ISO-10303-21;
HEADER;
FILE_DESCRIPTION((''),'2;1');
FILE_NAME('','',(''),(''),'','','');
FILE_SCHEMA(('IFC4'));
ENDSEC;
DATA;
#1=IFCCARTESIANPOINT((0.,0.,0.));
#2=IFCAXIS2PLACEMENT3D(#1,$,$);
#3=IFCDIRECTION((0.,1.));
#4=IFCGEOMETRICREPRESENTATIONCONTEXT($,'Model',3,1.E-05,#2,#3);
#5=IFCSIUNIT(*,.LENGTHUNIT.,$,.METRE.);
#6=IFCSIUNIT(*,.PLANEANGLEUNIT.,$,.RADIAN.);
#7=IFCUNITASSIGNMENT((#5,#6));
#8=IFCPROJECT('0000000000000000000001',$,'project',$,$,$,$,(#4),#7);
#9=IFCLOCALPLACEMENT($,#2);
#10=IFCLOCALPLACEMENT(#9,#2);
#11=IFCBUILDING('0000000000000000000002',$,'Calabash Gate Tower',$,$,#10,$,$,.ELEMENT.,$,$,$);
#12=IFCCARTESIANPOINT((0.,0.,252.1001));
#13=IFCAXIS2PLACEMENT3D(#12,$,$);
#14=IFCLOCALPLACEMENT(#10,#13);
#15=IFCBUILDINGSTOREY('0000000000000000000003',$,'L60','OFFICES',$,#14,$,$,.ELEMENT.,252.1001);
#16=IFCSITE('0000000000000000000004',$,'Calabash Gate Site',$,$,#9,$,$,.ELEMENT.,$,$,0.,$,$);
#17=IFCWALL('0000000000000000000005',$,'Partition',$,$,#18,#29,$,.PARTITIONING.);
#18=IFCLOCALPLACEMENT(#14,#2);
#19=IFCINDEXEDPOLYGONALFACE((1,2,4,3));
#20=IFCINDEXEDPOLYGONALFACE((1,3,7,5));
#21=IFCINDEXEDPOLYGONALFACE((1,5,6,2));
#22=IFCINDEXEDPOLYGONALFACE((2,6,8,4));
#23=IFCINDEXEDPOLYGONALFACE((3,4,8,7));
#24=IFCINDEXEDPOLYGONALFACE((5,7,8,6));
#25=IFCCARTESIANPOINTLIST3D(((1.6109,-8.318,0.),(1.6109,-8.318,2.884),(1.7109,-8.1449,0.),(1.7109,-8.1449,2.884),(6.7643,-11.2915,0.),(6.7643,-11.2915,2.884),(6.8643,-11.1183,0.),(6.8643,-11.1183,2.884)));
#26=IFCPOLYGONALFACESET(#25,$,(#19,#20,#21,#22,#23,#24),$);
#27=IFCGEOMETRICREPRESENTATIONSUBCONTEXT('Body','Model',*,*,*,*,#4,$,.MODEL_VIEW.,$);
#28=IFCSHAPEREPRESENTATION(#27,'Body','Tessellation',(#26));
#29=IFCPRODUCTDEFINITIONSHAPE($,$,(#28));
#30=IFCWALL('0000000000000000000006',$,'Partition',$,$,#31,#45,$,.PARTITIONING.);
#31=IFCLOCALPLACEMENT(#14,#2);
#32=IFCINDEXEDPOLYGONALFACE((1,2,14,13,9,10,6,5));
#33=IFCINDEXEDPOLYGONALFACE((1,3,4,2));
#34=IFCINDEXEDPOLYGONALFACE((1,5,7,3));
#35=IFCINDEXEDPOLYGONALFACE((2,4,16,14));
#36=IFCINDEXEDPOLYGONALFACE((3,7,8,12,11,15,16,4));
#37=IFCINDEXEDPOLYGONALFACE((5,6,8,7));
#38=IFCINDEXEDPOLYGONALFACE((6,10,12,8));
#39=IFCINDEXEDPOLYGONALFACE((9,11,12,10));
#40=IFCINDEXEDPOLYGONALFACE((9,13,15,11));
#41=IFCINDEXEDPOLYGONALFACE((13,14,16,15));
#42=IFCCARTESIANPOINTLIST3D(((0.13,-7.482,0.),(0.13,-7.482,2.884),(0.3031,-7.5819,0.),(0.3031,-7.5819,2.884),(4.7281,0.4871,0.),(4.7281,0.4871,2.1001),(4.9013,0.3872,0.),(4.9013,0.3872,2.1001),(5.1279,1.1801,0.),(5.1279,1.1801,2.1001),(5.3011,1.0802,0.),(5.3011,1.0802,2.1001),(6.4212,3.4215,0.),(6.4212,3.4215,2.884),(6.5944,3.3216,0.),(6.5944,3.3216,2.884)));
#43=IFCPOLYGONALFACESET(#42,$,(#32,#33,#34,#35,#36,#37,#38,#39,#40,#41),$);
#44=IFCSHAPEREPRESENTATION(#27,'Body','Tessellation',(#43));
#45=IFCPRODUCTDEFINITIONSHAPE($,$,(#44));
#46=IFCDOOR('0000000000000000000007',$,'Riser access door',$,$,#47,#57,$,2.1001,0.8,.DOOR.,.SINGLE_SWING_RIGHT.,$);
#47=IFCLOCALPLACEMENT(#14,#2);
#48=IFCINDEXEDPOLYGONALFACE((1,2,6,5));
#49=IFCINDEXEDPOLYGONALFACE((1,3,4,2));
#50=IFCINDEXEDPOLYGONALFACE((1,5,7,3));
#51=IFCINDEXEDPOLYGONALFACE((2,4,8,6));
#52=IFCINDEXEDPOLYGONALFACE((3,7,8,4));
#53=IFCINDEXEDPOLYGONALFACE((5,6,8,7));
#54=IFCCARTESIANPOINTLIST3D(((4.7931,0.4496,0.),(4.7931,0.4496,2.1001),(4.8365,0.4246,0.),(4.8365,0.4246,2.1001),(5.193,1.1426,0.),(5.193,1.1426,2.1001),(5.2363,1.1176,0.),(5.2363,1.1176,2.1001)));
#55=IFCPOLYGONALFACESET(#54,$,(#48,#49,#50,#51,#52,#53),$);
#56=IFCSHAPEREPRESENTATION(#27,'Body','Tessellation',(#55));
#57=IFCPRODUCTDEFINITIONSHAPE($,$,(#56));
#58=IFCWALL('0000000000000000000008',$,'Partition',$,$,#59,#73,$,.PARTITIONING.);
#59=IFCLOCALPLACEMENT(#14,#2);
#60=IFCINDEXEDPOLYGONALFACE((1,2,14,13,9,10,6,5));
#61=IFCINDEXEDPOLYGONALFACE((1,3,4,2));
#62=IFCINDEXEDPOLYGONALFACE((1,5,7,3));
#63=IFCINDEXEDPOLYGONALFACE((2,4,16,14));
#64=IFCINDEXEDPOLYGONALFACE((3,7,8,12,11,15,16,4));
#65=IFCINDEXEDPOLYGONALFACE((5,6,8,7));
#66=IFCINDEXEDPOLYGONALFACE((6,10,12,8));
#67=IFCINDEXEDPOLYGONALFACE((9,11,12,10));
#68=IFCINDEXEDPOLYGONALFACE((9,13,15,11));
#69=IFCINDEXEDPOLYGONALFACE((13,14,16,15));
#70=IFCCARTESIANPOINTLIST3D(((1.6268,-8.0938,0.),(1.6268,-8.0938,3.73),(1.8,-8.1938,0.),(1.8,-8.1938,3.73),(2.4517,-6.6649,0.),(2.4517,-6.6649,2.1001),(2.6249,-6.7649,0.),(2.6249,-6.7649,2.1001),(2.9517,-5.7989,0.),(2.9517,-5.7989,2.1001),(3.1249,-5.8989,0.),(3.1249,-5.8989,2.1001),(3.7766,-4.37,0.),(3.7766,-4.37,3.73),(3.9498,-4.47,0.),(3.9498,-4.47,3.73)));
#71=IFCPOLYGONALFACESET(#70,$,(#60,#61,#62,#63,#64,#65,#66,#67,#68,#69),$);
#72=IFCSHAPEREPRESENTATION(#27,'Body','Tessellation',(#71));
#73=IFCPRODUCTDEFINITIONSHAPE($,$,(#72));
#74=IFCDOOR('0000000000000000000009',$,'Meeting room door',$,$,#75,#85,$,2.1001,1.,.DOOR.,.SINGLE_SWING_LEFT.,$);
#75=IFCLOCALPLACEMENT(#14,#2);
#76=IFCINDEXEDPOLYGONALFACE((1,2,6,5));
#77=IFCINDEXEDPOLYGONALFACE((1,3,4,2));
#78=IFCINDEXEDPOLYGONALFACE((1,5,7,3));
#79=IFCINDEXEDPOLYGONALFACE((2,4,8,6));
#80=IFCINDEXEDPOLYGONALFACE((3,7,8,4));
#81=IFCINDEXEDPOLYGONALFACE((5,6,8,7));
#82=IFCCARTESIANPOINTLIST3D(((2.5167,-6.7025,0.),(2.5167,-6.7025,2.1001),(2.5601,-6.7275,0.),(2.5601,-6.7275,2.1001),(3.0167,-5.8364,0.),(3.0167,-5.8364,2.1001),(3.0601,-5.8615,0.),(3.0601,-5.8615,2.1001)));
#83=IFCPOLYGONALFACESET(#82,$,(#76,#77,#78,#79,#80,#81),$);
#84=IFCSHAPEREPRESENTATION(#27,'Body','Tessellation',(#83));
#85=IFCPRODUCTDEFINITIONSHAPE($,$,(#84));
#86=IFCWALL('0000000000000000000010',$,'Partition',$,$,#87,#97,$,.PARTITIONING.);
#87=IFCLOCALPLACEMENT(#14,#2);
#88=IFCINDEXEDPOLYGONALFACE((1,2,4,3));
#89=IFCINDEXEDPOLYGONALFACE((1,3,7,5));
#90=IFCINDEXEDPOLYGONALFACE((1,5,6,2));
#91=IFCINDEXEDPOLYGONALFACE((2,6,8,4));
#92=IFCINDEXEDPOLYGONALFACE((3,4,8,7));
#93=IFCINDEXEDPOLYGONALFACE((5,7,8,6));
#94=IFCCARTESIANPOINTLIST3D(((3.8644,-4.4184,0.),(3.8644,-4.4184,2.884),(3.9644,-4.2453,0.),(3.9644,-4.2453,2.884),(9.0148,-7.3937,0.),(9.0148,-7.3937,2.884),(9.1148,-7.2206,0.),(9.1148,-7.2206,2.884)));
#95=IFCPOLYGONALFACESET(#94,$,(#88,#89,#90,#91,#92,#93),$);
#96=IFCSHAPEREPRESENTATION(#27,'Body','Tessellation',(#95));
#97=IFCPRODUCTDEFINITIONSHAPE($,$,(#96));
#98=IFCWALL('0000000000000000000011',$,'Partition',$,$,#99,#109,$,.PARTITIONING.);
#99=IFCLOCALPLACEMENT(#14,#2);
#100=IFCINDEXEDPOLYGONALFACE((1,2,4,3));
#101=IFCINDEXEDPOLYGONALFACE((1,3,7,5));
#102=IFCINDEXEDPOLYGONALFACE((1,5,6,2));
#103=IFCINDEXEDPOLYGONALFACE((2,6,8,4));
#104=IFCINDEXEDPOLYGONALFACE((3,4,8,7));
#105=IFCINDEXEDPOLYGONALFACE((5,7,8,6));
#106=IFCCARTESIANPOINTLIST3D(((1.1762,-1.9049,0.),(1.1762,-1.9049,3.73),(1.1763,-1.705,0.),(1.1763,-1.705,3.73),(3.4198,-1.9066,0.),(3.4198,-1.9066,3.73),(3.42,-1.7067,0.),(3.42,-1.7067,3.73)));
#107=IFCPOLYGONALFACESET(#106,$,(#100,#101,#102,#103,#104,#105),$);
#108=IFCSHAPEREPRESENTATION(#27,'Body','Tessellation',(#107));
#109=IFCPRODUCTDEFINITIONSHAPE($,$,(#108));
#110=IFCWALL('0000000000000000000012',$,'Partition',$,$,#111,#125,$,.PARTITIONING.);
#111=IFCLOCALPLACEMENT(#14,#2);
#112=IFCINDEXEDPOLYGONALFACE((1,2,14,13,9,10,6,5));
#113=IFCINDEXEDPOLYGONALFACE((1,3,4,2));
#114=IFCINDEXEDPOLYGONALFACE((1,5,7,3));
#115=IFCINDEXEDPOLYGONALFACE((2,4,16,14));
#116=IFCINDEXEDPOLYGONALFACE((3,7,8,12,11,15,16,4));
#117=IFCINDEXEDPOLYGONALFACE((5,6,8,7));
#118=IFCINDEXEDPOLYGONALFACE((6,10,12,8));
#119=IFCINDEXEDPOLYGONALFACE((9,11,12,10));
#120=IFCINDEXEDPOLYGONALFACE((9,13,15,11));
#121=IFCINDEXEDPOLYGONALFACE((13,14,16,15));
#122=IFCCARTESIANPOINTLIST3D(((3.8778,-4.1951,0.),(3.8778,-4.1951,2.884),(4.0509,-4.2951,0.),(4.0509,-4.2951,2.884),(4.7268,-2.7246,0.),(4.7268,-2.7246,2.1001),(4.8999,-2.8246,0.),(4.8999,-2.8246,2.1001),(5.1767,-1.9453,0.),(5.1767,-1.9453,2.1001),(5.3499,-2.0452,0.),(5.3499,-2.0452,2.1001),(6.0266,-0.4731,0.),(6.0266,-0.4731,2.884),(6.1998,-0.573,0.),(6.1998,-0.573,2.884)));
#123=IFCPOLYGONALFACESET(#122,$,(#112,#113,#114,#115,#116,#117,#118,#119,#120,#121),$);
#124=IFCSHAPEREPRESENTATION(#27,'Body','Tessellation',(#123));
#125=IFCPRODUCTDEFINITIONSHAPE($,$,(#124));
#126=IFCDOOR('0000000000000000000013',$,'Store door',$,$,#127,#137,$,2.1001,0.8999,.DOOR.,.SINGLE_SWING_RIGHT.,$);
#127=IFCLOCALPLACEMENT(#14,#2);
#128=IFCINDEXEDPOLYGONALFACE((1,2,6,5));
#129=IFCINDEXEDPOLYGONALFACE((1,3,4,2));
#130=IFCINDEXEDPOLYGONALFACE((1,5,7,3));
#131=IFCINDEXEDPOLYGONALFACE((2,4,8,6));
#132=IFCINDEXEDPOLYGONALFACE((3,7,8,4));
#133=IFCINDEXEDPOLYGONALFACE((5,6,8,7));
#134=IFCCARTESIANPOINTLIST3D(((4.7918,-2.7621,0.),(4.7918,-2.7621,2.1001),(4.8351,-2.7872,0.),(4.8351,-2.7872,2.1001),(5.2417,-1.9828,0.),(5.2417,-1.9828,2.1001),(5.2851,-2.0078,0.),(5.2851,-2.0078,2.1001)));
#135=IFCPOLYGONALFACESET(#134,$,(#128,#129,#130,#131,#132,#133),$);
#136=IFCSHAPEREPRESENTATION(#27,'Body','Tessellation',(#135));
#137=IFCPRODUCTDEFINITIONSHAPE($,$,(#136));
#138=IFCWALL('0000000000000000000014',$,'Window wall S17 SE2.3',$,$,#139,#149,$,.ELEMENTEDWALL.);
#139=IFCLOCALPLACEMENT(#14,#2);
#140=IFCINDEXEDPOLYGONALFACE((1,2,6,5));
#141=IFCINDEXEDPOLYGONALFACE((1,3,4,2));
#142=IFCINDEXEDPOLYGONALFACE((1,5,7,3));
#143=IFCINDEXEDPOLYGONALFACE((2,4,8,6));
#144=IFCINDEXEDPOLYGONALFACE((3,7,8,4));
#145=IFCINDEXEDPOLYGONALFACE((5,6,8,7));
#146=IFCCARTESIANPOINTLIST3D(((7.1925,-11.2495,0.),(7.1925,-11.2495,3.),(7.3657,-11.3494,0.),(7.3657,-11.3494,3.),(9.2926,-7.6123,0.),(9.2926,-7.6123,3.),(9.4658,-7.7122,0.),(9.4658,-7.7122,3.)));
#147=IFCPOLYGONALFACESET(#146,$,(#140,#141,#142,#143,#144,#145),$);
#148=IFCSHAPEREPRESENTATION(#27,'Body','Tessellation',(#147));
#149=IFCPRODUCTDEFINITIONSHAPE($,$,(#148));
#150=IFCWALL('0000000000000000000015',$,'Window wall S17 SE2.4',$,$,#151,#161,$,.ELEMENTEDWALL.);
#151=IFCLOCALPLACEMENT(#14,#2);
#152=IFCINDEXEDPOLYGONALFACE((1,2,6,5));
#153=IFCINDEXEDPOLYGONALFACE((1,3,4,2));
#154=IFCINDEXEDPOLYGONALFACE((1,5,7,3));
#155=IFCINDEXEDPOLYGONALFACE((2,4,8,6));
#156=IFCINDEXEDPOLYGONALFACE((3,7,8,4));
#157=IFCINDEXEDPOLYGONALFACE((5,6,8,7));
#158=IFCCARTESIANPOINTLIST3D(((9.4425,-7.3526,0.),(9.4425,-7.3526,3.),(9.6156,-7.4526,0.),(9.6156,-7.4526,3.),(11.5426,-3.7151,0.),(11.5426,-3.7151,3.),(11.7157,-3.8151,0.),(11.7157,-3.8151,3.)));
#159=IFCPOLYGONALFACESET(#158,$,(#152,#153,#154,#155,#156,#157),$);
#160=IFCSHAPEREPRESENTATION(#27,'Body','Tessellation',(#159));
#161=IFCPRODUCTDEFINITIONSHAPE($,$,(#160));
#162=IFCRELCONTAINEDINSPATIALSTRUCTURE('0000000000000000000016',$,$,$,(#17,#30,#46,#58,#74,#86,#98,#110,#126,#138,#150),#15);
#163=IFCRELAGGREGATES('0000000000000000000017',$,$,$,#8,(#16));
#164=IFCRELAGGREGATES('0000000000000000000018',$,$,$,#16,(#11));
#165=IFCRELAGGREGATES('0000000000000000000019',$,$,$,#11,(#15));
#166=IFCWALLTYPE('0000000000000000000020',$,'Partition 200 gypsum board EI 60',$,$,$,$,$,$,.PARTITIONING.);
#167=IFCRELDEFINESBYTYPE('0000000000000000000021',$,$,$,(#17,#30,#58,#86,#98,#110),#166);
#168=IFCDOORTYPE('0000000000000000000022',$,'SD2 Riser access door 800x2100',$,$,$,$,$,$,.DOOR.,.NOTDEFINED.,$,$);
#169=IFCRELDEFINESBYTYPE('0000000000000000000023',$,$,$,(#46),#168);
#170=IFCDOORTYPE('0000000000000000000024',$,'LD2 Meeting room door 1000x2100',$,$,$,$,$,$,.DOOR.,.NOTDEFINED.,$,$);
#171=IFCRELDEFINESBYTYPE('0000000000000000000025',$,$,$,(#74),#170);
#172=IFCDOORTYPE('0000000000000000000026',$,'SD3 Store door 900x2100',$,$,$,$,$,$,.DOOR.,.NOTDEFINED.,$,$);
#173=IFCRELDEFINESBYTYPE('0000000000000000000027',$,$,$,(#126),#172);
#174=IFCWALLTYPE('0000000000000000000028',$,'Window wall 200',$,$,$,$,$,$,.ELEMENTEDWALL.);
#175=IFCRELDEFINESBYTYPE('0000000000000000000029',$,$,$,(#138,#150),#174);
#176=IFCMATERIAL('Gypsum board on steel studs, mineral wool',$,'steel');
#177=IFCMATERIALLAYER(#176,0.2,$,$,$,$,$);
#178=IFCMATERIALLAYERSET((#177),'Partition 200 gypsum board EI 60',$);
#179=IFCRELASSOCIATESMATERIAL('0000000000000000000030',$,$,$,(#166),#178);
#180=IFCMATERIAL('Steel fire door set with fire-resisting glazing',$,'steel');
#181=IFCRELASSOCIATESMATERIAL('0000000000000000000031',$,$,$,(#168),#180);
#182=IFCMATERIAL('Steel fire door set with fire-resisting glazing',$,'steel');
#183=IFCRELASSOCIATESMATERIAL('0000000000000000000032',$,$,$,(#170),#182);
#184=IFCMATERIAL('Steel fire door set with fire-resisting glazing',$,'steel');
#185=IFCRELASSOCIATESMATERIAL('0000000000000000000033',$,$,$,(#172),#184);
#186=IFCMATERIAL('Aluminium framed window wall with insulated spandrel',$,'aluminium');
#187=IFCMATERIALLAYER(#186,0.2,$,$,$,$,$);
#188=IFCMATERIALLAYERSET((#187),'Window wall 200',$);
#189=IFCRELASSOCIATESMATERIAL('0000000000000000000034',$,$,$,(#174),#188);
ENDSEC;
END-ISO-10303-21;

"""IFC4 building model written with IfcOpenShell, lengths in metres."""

from ifc_helpers import new_model, si_unit, direction, frame, frame_2d, origin, place, context, subcontext, project, spatial, rectangle, extrude, material, layer, layer_set, type_object, element, fill, save


model = new_model("IFC4")

# Units and contexts
model_context = context("Model", 3, precision=1e-05, world=origin(), true_north=direction((0.0, 1.0)))
body_context = subcontext(model_context, "Body", "Model", "MODEL_VIEW")
ifc_project = project(units=[si_unit("LENGTHUNIT", "METRE"), si_unit("PLANEANGLEUNIT", "RADIAN")], contexts=[model_context])

# Site, building, storey
site_placement = place(None, origin())
site = spatial("IfcSite", under=ifc_project, at=site_placement, Name="Calabash Gate Site", CompositionType="ELEMENT", RefElevation=0.0)
building_placement = place(site_placement, origin())
building = spatial("IfcBuilding", under=site, at=building_placement, Name="Calabash Gate Tower", CompositionType="ELEMENT")
storey_placement = place(building_placement, frame((0.0, 0.0, 252.1001)))
storey = spatial("IfcBuildingStorey", under=building, at=storey_placement, Name="L60", Description="OFFICES", CompositionType="ELEMENT", Elevation=252.1001)

# Shared definitions
ifc_material_1 = material(Name="Gypsum board on steel studs, mineral wool", Category="steel")
ifc_layer_1 = layer(ifc_material_1, 0.2)
ifc_layer_set_1 = layer_set([ifc_layer_1], Name="Partition 200 gypsum board EI 60")
wall_type_1 = type_object("IfcWallType", Name="Partition 200 gypsum board EI 60", PredefinedType="PARTITIONING", material=ifc_layer_set_1)

# Wall
wall_1_placement = place(storey_placement, frame((1.6609, -8.2314, 0.0), z_axis=(0.0, 0.0, 1.0), x_axis=(0.866162, -0.499763, 0.0)))
element("IfcWall", 1, at=wall_1_placement, inside=storey, type_object=wall_type_1, Name="Partition", PredefinedType="PARTITIONING", context=body_context, shape_type="SweptSolid", body=[
    extrude(rectangle(XDim=5.9497, YDim=0.2, at=frame_2d((2.9749, 0.0))), origin(), (0.0, 0.0, 1.0), 2.884),
])

# Walls, openings, doors
wall_2_placement = place(storey_placement, frame((0.2166, -7.532, 0.0), z_axis=(0.0, 0.0, 1.0), x_axis=(0.499767, 0.86616, 0.0)))
wall_2 = element("IfcWall", 2, at=wall_2_placement, inside=storey, type_object=wall_type_1, Name="Partition", PredefinedType="PARTITIONING", context=body_context, shape_type="SweptSolid", body=[
    extrude(rectangle(XDim=12.5884, YDim=0.2, at=frame_2d((6.2942, 0.0))), origin(), (0.0, 0.0, 1.0), 2.884),
])
opening_1_placement = place(wall_2_placement, frame((9.2007, 0.0, 0.0)))
opening_1 = element("IfcOpeningElement", 3, at=opening_1_placement, cuts=wall_2, PredefinedType="OPENING", context=body_context, shape_type="SweptSolid", body=[
    extrude(rectangle(XDim=0.8, YDim=2.1001, at=frame_2d((0.3999, 1.05))), frame((0.0, 0.1099, 0.0), z_axis=(0.0, -1.0, 0.0), x_axis=(1.0, 0.0, 0.0)), (0.0, 0.0, 1.0), 0.22),
])
ifc_material_2 = material(Name="Steel fire door set with fire-resisting glazing", Category="steel")
door_type_1 = type_object("IfcDoorType", Name="SD2 Riser access door 800x2100", OperationType="NOTDEFINED", PredefinedType="DOOR", material=ifc_material_2)
door_1_placement = place(opening_1_placement, origin())
door_1 = element("IfcDoor", 4, at=door_1_placement, inside=storey, type_object=door_type_1, Name="Riser access door", OperationType="SINGLE_SWING_RIGHT", OverallHeight=2.1001, OverallWidth=0.8, PredefinedType="DOOR", context=body_context, shape_type="SweptSolid", body=[
    extrude(rectangle(XDim=0.8, YDim=2.1001, at=frame_2d((0.3999, 1.05))), frame((0.0, 0.0249, 0.0), z_axis=(0.0, -1.0, 0.0), x_axis=(1.0, 0.0, 0.0)), (0.0, 0.0, 1.0), 0.05),
])
fill(opening_1, door_1)
wall_3_placement = place(storey_placement, frame((1.7134, -8.1438, 0.0), z_axis=(0.0, 0.0, 1.0), x_axis=(0.499986, 0.866033, 0.0)))
wall_3 = element("IfcWall", 5, at=wall_3_placement, inside=storey, type_object=wall_type_1, Name="Partition", PredefinedType="PARTITIONING", context=body_context, shape_type="SweptSolid", body=[
    extrude(rectangle(XDim=4.2998, YDim=0.2, at=frame_2d((2.1499, 0.0))), origin(), (0.0, 0.0, 1.0), 3.73),
])
opening_2_placement = place(wall_3_placement, frame((1.6499, 0.0, 0.0)))
opening_2 = element("IfcOpeningElement", 6, at=opening_2_placement, cuts=wall_3, PredefinedType="OPENING", context=body_context, shape_type="SweptSolid", body=[
    extrude(rectangle(XDim=1.0, YDim=2.1001, at=frame_2d((0.5, 1.05))), frame((0.0, 0.1099, 0.0), z_axis=(0.0, -1.0, 0.0), x_axis=(1.0, 0.0, 0.0)), (0.0, 0.0, 1.0), 0.22),
])
ifc_material_3 = material(Name="Steel fire door set with fire-resisting glazing", Category="steel")
door_type_2 = type_object("IfcDoorType", Name="LD2 Meeting room door 1000x2100", OperationType="NOTDEFINED", PredefinedType="DOOR", material=ifc_material_3)
door_2_placement = place(opening_2_placement, origin())
door_2 = element("IfcDoor", 7, at=door_2_placement, inside=storey, type_object=door_type_2, Name="Meeting room door", OperationType="SINGLE_SWING_LEFT", OverallHeight=2.1001, OverallWidth=1.0, PredefinedType="DOOR", context=body_context, shape_type="SweptSolid", body=[
    extrude(rectangle(XDim=1.0, YDim=2.1001, at=frame_2d((0.5, 1.05))), frame((0.0, 0.0249, 0.0), z_axis=(0.0, -1.0, 0.0), x_axis=(1.0, 0.0, 0.0)), (0.0, 0.0, 1.0), 0.05),
])
fill(opening_2, door_2)

# Walls
wall_4_placement = place(storey_placement, frame((3.9143, -4.3318, 0.0), z_axis=(0.0, 0.0, 1.0), x_axis=(0.865897, -0.500222, 0.0)))
element("IfcWall", 8, at=wall_4_placement, inside=storey, type_object=wall_type_1, Name="Partition", PredefinedType="PARTITIONING", context=body_context, shape_type="SweptSolid", body=[
    extrude(rectangle(XDim=5.948, YDim=0.2, at=frame_2d((2.9741, 0.0))), origin(), (0.0, 0.0, 1.0), 2.884),
])
wall_5_placement = place(storey_placement, frame((1.1763, -1.8049, 0.0), z_axis=(0.0, 0.0, 1.0), x_axis=(1.0, -0.000762, 0.0)))
element("IfcWall", 9, at=wall_5_placement, inside=storey, type_object=wall_type_1, Name="Partition", PredefinedType="PARTITIONING", context=body_context, shape_type="SweptSolid", body=[
    extrude(rectangle(XDim=2.2437, YDim=0.2, at=frame_2d((1.1218, 0.0))), origin(), (0.0, 0.0, 1.0), 3.73),
])

# Wall, opening, door
wall_6_placement = place(storey_placement, frame((3.9644, -4.2451, 0.0), z_axis=(0.0, 0.0, 1.0), x_axis=(0.499988, 0.866032, 0.0)))
wall_6 = element("IfcWall", 10, at=wall_6_placement, inside=storey, type_object=wall_type_1, Name="Partition", PredefinedType="PARTITIONING", context=body_context, shape_type="SweptSolid", body=[
    extrude(rectangle(XDim=4.2979, YDim=0.2, at=frame_2d((2.1489, 0.0))), origin(), (0.0, 0.0, 1.0), 2.884),
])
opening_3_placement = place(wall_6_placement, frame((1.698, 0.0, 0.0)))
opening_3 = element("IfcOpeningElement", 11, at=opening_3_placement, cuts=wall_6, PredefinedType="OPENING", context=body_context, shape_type="SweptSolid", body=[
    extrude(rectangle(XDim=0.8999, YDim=2.1001, at=frame_2d((0.45, 1.05))), frame((0.0, 0.1099, 0.0), z_axis=(0.0, -1.0, 0.0), x_axis=(1.0, 0.0, 0.0)), (0.0, 0.0, 1.0), 0.22),
])
ifc_material_4 = material(Name="Steel fire door set with fire-resisting glazing", Category="steel")
door_type_3 = type_object("IfcDoorType", Name="SD3 Store door 900x2100", OperationType="NOTDEFINED", PredefinedType="DOOR", material=ifc_material_4)
door_3_placement = place(opening_3_placement, origin())
door_3 = element("IfcDoor", 12, at=door_3_placement, inside=storey, type_object=door_type_3, Name="Store door", OperationType="SINGLE_SWING_RIGHT", OverallHeight=2.1001, OverallWidth=0.8999, PredefinedType="DOOR", context=body_context, shape_type="SweptSolid", body=[
    extrude(rectangle(XDim=0.8999, YDim=2.1001, at=frame_2d((0.45, 1.05))), frame((0.0, 0.0249, 0.0), z_axis=(0.0, -1.0, 0.0), x_axis=(1.0, 0.0, 0.0)), (0.0, 0.0, 1.0), 0.05),
])
fill(opening_3, door_3)

# Walls
ifc_material_5 = material(Name="Aluminium framed window wall with insulated spandrel", Category="aluminium")
ifc_layer_2 = layer(ifc_material_5, 0.2)
ifc_layer_set_2 = layer_set([ifc_layer_2], Name="Window wall 200")
wall_type_2 = type_object("IfcWallType", Name="Window wall 200", PredefinedType="ELEMENTEDWALL", material=ifc_layer_set_2)
wall_7_placement = place(storey_placement, frame((7.2791, -11.2996, 0.0), z_axis=(0.0, 0.0, 1.0), x_axis=(0.500028, 0.866009, 0.0)))
element("IfcWall", 13, at=wall_7_placement, inside=storey, type_object=wall_type_2, Name="Window wall S17 SE2.3", PredefinedType="ELEMENTEDWALL", context=body_context, shape_type="SweptSolid", body=[
    extrude(rectangle(XDim=4.2, YDim=0.2, at=frame_2d((2.1001, 0.0))), origin(), (0.0, 0.0, 1.0), 3.0),
])
wall_8_placement = place(storey_placement, frame((9.5291, -7.4026, 0.0), z_axis=(0.0, 0.0, 1.0), x_axis=(0.500003, 0.866024, 0.0)))
element("IfcWall", 14, at=wall_8_placement, inside=storey, type_object=wall_type_2, Name="Window wall S17 SE2.4", PredefinedType="ELEMENTEDWALL", context=body_context, shape_type="SweptSolid", body=[
    extrude(rectangle(XDim=4.2002, YDim=0.2, at=frame_2d((2.1001, 0.0))), origin(), (0.0, 0.0, 1.0), 3.0),
])

save(model, "model.ifc")
